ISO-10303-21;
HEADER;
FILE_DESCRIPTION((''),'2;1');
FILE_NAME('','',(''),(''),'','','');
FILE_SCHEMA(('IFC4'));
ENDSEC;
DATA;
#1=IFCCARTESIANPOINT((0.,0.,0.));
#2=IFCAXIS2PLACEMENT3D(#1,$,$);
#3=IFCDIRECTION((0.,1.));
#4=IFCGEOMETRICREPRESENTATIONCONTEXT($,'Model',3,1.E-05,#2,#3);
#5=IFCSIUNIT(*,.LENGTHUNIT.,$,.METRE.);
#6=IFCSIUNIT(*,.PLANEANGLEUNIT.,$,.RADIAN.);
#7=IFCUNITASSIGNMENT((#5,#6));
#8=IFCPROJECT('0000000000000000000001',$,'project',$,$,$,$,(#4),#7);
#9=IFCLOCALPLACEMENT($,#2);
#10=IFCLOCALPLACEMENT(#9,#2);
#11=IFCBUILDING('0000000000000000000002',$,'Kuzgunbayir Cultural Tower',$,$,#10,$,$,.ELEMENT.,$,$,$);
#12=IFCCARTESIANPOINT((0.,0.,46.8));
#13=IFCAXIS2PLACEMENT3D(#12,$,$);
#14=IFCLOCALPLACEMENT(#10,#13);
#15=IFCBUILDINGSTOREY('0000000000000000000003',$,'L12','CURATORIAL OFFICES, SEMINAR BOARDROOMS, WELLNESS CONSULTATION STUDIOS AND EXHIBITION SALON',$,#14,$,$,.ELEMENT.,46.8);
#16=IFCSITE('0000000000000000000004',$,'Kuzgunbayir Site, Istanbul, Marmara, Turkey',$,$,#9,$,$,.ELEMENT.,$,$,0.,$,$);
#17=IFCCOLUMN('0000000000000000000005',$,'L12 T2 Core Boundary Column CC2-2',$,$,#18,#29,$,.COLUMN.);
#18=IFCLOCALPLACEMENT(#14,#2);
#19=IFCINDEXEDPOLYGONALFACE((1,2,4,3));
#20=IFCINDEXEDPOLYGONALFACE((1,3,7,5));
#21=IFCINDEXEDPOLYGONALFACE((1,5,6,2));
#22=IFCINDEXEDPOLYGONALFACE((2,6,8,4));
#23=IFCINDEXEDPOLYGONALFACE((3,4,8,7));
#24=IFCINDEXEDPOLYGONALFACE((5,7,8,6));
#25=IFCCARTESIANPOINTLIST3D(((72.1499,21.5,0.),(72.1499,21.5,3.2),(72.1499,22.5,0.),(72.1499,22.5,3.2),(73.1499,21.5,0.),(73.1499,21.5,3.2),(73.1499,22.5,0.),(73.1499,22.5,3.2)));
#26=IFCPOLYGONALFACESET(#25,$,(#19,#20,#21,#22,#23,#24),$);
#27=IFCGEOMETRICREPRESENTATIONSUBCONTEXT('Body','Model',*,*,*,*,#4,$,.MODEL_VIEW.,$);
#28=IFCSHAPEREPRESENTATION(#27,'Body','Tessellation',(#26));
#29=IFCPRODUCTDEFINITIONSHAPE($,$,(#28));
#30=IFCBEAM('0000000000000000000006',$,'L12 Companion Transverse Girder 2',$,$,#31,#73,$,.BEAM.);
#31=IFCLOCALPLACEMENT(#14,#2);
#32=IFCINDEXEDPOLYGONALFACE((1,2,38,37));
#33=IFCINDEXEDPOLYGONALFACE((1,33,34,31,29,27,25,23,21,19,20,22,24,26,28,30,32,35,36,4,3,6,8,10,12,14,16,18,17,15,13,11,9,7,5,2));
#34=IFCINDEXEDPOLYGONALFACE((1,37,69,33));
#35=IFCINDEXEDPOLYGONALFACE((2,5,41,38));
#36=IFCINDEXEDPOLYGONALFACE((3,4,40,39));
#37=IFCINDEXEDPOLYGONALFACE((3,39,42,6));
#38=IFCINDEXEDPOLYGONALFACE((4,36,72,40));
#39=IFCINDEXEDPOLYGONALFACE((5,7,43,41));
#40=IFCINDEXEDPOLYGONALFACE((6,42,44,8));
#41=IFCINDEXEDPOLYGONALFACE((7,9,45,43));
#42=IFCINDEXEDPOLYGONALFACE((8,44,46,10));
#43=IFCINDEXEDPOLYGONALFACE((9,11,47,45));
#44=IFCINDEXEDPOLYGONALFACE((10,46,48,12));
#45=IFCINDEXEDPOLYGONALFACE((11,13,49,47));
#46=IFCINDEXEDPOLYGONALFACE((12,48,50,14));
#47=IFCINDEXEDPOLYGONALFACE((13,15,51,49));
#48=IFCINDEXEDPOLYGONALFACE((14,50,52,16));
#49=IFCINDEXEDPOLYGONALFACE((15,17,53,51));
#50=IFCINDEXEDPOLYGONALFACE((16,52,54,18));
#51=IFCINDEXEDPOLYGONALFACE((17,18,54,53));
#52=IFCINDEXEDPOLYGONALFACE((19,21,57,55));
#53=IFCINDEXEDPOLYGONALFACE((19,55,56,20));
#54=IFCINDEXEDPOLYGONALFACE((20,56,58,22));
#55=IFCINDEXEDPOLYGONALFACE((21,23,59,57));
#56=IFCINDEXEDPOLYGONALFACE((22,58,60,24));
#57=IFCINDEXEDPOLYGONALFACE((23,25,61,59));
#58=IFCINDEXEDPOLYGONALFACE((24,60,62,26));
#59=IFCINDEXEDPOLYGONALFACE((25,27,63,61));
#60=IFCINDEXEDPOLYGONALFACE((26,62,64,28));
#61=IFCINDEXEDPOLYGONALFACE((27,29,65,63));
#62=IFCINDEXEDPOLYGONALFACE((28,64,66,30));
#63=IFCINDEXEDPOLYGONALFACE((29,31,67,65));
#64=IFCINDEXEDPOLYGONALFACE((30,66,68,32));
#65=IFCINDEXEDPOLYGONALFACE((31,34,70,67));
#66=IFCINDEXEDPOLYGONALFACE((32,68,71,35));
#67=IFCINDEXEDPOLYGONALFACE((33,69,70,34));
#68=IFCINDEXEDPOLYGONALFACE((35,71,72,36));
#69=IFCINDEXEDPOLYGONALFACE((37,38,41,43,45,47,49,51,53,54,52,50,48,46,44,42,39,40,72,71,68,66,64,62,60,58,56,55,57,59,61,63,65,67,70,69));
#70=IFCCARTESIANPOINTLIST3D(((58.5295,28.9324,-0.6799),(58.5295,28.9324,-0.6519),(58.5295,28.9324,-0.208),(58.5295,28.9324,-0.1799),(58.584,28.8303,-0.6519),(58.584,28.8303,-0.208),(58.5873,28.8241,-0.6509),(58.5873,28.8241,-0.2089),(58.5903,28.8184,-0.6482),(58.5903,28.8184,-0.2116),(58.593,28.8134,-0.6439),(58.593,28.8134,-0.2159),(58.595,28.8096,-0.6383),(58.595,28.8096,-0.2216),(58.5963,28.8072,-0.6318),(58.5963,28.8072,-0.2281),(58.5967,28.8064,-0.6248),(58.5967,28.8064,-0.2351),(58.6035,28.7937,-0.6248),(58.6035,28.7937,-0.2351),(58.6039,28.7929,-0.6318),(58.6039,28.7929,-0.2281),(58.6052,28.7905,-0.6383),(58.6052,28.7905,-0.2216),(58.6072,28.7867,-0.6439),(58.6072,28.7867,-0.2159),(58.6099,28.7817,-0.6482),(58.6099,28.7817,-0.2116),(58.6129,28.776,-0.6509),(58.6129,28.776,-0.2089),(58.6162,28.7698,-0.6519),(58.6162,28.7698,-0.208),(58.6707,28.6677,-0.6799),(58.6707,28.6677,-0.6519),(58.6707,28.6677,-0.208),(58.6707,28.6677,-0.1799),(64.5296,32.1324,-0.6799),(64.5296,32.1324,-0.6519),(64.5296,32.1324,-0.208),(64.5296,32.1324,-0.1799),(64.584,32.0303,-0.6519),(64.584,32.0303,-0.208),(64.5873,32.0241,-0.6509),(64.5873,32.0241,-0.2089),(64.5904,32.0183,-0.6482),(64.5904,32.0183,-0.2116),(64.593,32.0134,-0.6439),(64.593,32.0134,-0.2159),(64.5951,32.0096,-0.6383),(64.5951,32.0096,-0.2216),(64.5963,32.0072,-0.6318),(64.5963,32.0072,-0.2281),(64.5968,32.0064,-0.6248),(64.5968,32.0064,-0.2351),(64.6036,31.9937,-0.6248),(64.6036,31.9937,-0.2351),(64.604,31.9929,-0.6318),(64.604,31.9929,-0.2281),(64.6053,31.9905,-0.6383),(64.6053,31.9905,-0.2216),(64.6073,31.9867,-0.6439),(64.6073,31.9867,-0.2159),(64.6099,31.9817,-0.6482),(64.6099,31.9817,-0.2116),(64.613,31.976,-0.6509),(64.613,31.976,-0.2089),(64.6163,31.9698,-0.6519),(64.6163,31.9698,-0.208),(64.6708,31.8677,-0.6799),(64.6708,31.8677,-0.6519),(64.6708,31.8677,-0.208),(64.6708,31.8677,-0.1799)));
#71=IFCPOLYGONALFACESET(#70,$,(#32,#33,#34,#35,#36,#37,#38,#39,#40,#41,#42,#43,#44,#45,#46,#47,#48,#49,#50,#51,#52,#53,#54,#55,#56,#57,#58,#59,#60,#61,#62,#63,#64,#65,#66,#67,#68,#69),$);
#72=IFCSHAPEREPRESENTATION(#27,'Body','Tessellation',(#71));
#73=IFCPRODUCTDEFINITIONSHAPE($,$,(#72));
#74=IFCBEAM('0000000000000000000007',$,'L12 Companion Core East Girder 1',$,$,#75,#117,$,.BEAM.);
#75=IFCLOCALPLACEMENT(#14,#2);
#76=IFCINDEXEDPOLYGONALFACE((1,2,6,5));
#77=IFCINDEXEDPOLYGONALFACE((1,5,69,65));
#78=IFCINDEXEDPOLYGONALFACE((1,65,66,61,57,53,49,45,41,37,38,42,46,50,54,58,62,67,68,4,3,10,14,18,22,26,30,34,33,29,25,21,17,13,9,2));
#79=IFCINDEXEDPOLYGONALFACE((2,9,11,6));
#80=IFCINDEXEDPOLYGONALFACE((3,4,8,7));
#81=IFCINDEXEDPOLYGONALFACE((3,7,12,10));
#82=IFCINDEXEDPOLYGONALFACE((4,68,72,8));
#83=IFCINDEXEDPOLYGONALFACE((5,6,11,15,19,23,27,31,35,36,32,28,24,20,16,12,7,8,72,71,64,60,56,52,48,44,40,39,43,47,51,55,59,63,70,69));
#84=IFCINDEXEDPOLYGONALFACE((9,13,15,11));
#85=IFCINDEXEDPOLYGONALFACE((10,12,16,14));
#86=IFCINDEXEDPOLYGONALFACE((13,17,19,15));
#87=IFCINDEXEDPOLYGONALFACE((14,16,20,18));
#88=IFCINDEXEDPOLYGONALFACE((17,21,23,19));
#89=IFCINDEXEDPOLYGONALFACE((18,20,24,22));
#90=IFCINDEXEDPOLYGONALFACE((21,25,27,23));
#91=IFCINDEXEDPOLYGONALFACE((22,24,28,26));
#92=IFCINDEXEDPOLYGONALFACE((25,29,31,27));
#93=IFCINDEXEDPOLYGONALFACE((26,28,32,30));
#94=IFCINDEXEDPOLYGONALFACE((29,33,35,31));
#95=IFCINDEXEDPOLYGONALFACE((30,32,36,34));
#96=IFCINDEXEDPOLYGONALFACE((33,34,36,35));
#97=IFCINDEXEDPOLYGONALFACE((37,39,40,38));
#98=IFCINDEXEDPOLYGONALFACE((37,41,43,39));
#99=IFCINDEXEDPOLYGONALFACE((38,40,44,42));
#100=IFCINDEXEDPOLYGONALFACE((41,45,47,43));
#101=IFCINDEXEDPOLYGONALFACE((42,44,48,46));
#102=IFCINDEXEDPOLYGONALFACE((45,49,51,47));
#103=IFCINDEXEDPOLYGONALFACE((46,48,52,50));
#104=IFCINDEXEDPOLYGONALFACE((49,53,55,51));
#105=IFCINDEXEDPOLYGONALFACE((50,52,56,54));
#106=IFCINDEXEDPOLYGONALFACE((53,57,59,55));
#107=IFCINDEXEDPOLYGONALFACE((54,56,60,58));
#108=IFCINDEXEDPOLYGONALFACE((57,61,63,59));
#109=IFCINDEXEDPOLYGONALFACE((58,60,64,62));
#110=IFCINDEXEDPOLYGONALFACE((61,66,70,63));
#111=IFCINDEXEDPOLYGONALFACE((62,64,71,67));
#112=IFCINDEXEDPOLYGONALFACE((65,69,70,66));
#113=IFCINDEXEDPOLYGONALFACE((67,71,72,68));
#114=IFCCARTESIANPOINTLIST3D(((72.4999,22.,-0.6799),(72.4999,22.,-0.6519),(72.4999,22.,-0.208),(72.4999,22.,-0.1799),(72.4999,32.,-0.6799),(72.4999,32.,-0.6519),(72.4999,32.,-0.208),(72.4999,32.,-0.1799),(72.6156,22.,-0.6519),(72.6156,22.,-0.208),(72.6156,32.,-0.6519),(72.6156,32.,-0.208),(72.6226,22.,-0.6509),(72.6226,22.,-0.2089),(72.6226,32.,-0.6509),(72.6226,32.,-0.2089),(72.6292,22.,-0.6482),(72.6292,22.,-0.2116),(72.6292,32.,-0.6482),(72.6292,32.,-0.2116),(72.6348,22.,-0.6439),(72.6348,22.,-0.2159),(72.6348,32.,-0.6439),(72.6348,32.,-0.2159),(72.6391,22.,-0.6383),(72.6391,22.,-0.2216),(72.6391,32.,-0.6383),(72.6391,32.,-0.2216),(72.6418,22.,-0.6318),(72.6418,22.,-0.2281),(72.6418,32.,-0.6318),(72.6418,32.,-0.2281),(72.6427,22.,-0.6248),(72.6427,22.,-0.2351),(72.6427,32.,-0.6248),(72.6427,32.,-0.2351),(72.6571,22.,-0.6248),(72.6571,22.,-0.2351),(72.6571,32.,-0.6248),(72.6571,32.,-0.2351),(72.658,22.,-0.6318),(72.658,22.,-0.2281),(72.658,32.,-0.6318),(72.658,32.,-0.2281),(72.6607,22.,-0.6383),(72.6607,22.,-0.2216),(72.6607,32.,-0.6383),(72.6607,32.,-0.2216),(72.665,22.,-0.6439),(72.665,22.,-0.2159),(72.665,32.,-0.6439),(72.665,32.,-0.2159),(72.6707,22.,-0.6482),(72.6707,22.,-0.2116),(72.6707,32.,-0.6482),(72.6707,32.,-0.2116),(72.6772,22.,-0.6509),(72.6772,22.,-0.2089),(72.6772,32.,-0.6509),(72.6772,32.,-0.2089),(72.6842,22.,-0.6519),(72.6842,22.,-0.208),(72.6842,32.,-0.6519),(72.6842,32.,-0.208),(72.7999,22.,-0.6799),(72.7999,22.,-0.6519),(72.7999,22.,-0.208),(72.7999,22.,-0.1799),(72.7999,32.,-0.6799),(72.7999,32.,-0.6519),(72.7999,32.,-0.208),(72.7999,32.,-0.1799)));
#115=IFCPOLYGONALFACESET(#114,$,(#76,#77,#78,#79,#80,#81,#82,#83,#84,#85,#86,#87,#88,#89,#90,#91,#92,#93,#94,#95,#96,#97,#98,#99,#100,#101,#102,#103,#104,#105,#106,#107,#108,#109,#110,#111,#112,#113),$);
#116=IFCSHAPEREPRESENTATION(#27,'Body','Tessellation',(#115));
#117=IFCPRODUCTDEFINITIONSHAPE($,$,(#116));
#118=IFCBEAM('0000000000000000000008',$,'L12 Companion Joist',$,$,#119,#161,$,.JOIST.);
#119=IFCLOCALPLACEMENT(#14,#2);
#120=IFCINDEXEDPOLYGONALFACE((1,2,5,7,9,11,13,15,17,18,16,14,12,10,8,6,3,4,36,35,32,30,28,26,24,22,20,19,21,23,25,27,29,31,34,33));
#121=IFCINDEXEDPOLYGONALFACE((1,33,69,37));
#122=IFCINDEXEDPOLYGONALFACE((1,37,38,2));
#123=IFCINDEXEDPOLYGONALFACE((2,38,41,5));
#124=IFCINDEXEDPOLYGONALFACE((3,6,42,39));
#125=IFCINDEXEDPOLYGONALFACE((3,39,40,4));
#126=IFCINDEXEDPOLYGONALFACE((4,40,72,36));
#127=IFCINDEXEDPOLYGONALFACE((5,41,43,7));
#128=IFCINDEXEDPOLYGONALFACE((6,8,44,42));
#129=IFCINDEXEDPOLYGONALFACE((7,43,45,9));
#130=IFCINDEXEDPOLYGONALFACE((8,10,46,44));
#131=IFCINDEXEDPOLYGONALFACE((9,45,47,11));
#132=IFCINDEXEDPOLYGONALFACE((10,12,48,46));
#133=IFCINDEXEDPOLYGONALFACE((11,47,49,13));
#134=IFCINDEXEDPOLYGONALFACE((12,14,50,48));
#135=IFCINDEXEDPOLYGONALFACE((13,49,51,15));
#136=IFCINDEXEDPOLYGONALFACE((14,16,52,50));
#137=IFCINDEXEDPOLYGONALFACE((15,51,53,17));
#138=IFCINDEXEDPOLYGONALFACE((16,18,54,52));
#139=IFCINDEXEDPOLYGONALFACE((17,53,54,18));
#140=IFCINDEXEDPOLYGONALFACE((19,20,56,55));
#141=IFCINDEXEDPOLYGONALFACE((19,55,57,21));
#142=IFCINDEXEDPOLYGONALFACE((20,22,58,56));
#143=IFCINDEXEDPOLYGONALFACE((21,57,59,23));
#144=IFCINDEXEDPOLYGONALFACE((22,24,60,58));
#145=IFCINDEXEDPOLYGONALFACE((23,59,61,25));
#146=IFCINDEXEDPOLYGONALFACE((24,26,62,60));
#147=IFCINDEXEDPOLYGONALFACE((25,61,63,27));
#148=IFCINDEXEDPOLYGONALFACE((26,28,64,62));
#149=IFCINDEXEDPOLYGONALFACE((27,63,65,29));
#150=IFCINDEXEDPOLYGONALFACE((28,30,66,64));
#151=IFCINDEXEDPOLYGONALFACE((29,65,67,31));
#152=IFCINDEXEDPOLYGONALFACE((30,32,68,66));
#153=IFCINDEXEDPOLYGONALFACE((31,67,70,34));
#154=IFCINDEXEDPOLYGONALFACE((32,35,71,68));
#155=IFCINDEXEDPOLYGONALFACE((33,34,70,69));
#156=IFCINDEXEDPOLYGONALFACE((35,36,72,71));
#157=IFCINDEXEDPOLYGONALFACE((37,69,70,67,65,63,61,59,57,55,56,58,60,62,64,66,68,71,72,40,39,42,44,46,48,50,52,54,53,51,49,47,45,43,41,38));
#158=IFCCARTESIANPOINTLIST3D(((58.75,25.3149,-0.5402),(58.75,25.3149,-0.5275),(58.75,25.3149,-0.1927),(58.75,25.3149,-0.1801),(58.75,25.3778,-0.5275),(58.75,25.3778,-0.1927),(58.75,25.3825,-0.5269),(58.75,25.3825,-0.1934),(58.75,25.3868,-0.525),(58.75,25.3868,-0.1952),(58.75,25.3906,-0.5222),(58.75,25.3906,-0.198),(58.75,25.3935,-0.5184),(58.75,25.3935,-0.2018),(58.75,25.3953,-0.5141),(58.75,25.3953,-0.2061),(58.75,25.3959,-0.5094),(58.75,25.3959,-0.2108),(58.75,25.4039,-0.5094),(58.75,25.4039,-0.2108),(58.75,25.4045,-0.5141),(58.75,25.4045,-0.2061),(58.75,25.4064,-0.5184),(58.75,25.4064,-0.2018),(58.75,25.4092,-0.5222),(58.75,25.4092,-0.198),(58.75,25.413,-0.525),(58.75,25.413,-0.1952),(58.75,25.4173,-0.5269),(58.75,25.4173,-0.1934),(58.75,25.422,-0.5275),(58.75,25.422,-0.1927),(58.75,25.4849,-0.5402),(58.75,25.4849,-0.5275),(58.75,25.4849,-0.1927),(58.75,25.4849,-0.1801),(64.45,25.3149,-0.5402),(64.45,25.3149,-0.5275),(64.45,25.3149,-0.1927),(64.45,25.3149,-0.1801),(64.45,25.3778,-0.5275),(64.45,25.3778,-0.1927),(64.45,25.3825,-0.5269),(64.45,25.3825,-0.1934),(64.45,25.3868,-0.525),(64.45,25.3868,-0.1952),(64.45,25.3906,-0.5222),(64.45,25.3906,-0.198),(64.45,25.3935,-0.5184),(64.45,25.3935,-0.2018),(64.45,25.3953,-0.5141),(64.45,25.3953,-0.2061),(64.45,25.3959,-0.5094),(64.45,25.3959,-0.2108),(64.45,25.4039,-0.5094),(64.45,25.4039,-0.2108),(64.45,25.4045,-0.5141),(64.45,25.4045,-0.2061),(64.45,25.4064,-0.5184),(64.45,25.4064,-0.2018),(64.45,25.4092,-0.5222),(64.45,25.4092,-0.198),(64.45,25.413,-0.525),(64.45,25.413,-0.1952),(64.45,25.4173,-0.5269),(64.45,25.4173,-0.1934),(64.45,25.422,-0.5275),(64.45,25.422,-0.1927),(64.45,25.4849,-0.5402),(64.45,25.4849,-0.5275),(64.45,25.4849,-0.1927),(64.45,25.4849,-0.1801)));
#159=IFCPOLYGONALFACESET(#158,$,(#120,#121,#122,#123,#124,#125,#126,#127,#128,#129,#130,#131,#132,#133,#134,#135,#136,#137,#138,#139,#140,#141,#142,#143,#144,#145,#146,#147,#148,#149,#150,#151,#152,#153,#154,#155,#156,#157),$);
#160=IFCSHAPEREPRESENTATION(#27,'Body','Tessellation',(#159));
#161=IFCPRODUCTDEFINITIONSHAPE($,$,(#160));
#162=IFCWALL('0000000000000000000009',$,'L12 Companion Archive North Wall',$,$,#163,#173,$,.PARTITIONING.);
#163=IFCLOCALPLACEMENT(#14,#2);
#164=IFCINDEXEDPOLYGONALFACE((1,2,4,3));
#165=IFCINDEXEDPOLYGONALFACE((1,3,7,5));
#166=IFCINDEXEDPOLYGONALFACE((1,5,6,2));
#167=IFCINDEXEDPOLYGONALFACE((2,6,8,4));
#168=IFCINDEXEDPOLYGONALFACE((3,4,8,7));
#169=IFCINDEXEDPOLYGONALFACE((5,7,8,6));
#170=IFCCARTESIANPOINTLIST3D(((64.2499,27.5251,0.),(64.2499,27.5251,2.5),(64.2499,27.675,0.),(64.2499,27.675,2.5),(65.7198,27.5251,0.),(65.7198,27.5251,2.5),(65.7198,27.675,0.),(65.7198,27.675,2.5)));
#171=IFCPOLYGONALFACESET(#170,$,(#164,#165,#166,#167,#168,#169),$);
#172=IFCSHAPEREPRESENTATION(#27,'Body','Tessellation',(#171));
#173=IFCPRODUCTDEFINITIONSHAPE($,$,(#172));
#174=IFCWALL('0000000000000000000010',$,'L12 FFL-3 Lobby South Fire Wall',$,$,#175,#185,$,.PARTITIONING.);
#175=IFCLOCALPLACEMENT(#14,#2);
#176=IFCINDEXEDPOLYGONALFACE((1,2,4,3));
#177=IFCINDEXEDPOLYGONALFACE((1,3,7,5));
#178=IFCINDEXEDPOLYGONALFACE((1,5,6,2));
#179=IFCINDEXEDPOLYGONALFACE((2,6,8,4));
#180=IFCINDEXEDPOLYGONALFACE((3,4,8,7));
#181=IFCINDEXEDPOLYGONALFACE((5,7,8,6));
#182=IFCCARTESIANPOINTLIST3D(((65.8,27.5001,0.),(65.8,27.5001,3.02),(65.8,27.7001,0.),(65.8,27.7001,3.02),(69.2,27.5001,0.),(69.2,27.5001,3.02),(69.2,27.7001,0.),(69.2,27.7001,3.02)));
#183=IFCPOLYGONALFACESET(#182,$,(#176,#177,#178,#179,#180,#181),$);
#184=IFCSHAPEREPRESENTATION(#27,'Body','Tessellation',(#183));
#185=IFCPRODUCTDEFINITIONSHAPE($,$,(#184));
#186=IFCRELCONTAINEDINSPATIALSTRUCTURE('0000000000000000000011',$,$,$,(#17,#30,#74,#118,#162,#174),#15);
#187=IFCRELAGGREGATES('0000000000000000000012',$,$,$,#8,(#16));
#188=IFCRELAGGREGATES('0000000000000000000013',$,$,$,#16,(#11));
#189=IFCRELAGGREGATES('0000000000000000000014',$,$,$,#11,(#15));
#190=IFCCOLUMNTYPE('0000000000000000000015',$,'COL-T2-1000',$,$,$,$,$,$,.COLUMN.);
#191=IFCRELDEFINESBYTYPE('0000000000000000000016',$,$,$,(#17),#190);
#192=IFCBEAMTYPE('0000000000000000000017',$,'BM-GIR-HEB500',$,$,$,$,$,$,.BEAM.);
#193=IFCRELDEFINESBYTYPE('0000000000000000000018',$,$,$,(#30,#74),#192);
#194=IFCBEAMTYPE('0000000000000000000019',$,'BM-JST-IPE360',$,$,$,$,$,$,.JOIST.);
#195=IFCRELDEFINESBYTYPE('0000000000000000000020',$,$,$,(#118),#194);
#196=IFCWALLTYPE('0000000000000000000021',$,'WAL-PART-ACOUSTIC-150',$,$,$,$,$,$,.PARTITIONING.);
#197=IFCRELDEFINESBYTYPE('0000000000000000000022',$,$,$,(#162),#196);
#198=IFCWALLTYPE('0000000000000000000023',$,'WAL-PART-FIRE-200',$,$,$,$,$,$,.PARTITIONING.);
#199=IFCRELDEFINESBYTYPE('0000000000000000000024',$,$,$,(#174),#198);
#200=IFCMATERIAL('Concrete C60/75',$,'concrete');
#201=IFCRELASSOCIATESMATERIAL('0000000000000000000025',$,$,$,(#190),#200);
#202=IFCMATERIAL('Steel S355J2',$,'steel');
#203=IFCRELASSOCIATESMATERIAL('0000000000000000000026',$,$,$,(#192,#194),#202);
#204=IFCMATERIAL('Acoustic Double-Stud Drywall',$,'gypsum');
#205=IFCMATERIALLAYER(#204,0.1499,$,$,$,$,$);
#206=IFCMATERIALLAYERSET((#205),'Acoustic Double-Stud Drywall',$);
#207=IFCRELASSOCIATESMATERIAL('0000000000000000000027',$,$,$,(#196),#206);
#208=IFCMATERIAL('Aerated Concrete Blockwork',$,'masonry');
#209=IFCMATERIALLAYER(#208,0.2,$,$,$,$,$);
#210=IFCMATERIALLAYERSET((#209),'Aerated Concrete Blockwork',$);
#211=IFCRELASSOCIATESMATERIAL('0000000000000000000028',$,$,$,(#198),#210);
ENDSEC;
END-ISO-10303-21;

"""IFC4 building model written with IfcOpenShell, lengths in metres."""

from ifc_helpers import new_model, si_unit, direction, frame, frame_2d, origin, origin_2d, place, context, subcontext, project, spatial, rectangle, i_section, extrude, material, layer, layer_set, material_profile, profile_set, type_object, element, save


model = new_model("IFC4")

# Units and contexts
model_context = context("Model", 3, precision=1e-05, world=origin(), true_north=direction((0.0, 1.0)))
body_context = subcontext(model_context, "Body", "Model", "MODEL_VIEW")
ifc_project = project(units=[si_unit("LENGTHUNIT", "METRE"), si_unit("PLANEANGLEUNIT", "RADIAN")], contexts=[model_context])

# Site, building, storey
site_placement = place(None, origin())
site = spatial("IfcSite", under=ifc_project, at=site_placement, Name="Kuzgunbayir Site, Istanbul, Marmara, Turkey", CompositionType="ELEMENT", RefElevation=0.0)
building_placement = place(site_placement, origin())
building = spatial("IfcBuilding", under=site, at=building_placement, Name="Kuzgunbayir Cultural Tower", CompositionType="ELEMENT")
storey_placement = place(building_placement, frame((0.0, 0.0, 46.8)))
storey = spatial("IfcBuildingStorey", under=building, at=storey_placement, Name="L12", Description="CURATORIAL OFFICES, SEMINAR BOARDROOMS, WELLNESS CONSULTATION STUDIOS AND EXHIBITION SALON", CompositionType="ELEMENT", Elevation=46.8)

# Column
ifc_material_1 = material(Name="Concrete C60/75", Category="concrete")
ifc_material_profile_1 = material_profile(ifc_material_1, rectangle(XDim=1.0, YDim=1.0, at=origin_2d()), Name="RC 1000x1000")
ifc_profile_set_1 = profile_set([ifc_material_profile_1], Name="Concrete C60/75")
column_type = type_object("IfcColumnType", Name="COL-T2-1000", PredefinedType="COLUMN", material=ifc_profile_set_1)
column_placement = place(storey_placement, frame((72.6499, 22.0, 0.0), z_axis=(0.0, 0.0, 1.0), x_axis=(1.0, 0.0, 0.0)))
element("IfcColumn", 1, at=column_placement, inside=storey, type_object=column_type, Name="L12 T2 Core Boundary Column CC2-2", PredefinedType="COLUMN", context=body_context, shape_type="SweptSolid", body=[
    extrude(rectangle(XDim=1.0, YDim=1.0, at=origin_2d()), origin(), (0.0, 0.0, 1.0), 3.2),
])

# Beams
ifc_material_2 = material(Name="Steel S355J2", Category="steel")
ifc_material_profile_2 = material_profile(ifc_material_2, i_section(OverallWidth=0.3, OverallDepth=0.5, WebThickness=0.0144, FlangeThickness=0.0281, FilletRadius=0.0271, at=origin_2d()), Name="HEB 500")
ifc_profile_set_2 = profile_set([ifc_material_profile_2], Name="Steel S355J2")
beam_type_1 = type_object("IfcBeamType", Name="BM-GIR-HEB500", PredefinedType="BEAM", material=ifc_profile_set_2)
beam_1_placement = place(storey_placement, frame((58.6001, 28.8, -0.4299), z_axis=(0.882356, 0.470583, 0.0), x_axis=(-0.470583, 0.882356, 0.0)))
element("IfcBeam", 2, at=beam_1_placement, inside=storey, type_object=beam_type_1, Name="L12 Companion Transverse Girder 2", PredefinedType="BEAM", context=body_context, shape_type="SweptSolid", body=[
    extrude(i_section(OverallWidth=0.3, OverallDepth=0.5, WebThickness=0.0144, FlangeThickness=0.0281, FilletRadius=0.0271, at=origin_2d()), origin(), (0.0, 0.0, 1.0), 6.8),
])
beam_2_placement = place(storey_placement, frame((72.6499, 22.0, -0.4299), z_axis=(0.0, 1.0, 0.0), x_axis=(-1.0, 0.0, 0.0)))
element("IfcBeam", 3, at=beam_2_placement, inside=storey, type_object=beam_type_1, Name="L12 Companion Core East Girder 1", PredefinedType="BEAM", context=body_context, shape_type="SweptSolid", body=[
    extrude(i_section(OverallWidth=0.3, OverallDepth=0.5, WebThickness=0.0144, FlangeThickness=0.0281, FilletRadius=0.0271, at=origin_2d()), origin(), (0.0, 0.0, 1.0), 10.0),
])
ifc_material_profile_3 = material_profile(ifc_material_2, i_section(OverallWidth=0.1699, OverallDepth=0.3601, WebThickness=0.0081, FlangeThickness=0.0127, FilletRadius=0.0181, at=origin_2d()), Name="IPE 360")
ifc_profile_set_3 = profile_set([ifc_material_profile_3], Name="Steel S355J2")
beam_type_2 = type_object("IfcBeamType", Name="BM-JST-IPE360", PredefinedType="JOIST", material=ifc_profile_set_3)
beam_3_placement = place(storey_placement, frame((58.75, 25.3999, -0.3601), z_axis=(1.0, 0.0, 0.0), x_axis=(0.0, 1.0, 0.0)))
element("IfcBeam", 4, at=beam_3_placement, inside=storey, type_object=beam_type_2, Name="L12 Companion Joist", PredefinedType="JOIST", context=body_context, shape_type="SweptSolid", body=[
    extrude(i_section(OverallWidth=0.1699, OverallDepth=0.3601, WebThickness=0.0081, FlangeThickness=0.0127, FilletRadius=0.0181, at=origin_2d()), origin(), (0.0, 0.0, 1.0), 5.7),
])

# Wall
ifc_material_3 = material(Name="Acoustic Double-Stud Drywall", Category="gypsum")
ifc_layer_1 = layer(ifc_material_3, 0.1499)
ifc_layer_set_1 = layer_set([ifc_layer_1], Name="Acoustic Double-Stud Drywall")
wall_type_1 = type_object("IfcWallType", Name="WAL-PART-ACOUSTIC-150", PredefinedType="PARTITIONING", material=ifc_layer_set_1)
wall_1_placement = place(storey_placement, frame((64.25, 27.6001, 0.0), z_axis=(0.0, 0.0, 1.0), x_axis=(1.0, 0.0, 0.0)))
element("IfcWall", 5, at=wall_1_placement, inside=storey, type_object=wall_type_1, Name="L12 Companion Archive North Wall", PredefinedType="PARTITIONING", context=body_context, shape_type="SweptSolid", body=[
    extrude(rectangle(XDim=1.47, YDim=0.1499, at=frame_2d((0.7349, 0.0))), origin(), (0.0, 0.0, 1.0), 2.5),
])

# Shared definitions
ifc_material_4 = material(Name="Aerated Concrete Blockwork", Category="masonry")
ifc_layer_2 = layer(ifc_material_4, 0.2)
ifc_layer_set_2 = layer_set([ifc_layer_2], Name="Aerated Concrete Blockwork")
wall_type_2 = type_object("IfcWallType", Name="WAL-PART-FIRE-200", PredefinedType="PARTITIONING", material=ifc_layer_set_2)

# Wall
wall_2_placement = place(storey_placement, frame((65.8, 27.6001, 0.0), z_axis=(0.0, 0.0, 1.0), x_axis=(1.0, 0.0, 0.0)))
element("IfcWall", 6, at=wall_2_placement, inside=storey, type_object=wall_type_2, Name="L12 FFL-3 Lobby South Fire Wall", PredefinedType="PARTITIONING", context=body_context, shape_type="SweptSolid", body=[
    extrude(rectangle(XDim=3.3999, YDim=0.2, at=frame_2d((1.7, 0.0))), origin(), (0.0, 0.0, 1.0), 3.02),
])

save(model, "model.ifc")
